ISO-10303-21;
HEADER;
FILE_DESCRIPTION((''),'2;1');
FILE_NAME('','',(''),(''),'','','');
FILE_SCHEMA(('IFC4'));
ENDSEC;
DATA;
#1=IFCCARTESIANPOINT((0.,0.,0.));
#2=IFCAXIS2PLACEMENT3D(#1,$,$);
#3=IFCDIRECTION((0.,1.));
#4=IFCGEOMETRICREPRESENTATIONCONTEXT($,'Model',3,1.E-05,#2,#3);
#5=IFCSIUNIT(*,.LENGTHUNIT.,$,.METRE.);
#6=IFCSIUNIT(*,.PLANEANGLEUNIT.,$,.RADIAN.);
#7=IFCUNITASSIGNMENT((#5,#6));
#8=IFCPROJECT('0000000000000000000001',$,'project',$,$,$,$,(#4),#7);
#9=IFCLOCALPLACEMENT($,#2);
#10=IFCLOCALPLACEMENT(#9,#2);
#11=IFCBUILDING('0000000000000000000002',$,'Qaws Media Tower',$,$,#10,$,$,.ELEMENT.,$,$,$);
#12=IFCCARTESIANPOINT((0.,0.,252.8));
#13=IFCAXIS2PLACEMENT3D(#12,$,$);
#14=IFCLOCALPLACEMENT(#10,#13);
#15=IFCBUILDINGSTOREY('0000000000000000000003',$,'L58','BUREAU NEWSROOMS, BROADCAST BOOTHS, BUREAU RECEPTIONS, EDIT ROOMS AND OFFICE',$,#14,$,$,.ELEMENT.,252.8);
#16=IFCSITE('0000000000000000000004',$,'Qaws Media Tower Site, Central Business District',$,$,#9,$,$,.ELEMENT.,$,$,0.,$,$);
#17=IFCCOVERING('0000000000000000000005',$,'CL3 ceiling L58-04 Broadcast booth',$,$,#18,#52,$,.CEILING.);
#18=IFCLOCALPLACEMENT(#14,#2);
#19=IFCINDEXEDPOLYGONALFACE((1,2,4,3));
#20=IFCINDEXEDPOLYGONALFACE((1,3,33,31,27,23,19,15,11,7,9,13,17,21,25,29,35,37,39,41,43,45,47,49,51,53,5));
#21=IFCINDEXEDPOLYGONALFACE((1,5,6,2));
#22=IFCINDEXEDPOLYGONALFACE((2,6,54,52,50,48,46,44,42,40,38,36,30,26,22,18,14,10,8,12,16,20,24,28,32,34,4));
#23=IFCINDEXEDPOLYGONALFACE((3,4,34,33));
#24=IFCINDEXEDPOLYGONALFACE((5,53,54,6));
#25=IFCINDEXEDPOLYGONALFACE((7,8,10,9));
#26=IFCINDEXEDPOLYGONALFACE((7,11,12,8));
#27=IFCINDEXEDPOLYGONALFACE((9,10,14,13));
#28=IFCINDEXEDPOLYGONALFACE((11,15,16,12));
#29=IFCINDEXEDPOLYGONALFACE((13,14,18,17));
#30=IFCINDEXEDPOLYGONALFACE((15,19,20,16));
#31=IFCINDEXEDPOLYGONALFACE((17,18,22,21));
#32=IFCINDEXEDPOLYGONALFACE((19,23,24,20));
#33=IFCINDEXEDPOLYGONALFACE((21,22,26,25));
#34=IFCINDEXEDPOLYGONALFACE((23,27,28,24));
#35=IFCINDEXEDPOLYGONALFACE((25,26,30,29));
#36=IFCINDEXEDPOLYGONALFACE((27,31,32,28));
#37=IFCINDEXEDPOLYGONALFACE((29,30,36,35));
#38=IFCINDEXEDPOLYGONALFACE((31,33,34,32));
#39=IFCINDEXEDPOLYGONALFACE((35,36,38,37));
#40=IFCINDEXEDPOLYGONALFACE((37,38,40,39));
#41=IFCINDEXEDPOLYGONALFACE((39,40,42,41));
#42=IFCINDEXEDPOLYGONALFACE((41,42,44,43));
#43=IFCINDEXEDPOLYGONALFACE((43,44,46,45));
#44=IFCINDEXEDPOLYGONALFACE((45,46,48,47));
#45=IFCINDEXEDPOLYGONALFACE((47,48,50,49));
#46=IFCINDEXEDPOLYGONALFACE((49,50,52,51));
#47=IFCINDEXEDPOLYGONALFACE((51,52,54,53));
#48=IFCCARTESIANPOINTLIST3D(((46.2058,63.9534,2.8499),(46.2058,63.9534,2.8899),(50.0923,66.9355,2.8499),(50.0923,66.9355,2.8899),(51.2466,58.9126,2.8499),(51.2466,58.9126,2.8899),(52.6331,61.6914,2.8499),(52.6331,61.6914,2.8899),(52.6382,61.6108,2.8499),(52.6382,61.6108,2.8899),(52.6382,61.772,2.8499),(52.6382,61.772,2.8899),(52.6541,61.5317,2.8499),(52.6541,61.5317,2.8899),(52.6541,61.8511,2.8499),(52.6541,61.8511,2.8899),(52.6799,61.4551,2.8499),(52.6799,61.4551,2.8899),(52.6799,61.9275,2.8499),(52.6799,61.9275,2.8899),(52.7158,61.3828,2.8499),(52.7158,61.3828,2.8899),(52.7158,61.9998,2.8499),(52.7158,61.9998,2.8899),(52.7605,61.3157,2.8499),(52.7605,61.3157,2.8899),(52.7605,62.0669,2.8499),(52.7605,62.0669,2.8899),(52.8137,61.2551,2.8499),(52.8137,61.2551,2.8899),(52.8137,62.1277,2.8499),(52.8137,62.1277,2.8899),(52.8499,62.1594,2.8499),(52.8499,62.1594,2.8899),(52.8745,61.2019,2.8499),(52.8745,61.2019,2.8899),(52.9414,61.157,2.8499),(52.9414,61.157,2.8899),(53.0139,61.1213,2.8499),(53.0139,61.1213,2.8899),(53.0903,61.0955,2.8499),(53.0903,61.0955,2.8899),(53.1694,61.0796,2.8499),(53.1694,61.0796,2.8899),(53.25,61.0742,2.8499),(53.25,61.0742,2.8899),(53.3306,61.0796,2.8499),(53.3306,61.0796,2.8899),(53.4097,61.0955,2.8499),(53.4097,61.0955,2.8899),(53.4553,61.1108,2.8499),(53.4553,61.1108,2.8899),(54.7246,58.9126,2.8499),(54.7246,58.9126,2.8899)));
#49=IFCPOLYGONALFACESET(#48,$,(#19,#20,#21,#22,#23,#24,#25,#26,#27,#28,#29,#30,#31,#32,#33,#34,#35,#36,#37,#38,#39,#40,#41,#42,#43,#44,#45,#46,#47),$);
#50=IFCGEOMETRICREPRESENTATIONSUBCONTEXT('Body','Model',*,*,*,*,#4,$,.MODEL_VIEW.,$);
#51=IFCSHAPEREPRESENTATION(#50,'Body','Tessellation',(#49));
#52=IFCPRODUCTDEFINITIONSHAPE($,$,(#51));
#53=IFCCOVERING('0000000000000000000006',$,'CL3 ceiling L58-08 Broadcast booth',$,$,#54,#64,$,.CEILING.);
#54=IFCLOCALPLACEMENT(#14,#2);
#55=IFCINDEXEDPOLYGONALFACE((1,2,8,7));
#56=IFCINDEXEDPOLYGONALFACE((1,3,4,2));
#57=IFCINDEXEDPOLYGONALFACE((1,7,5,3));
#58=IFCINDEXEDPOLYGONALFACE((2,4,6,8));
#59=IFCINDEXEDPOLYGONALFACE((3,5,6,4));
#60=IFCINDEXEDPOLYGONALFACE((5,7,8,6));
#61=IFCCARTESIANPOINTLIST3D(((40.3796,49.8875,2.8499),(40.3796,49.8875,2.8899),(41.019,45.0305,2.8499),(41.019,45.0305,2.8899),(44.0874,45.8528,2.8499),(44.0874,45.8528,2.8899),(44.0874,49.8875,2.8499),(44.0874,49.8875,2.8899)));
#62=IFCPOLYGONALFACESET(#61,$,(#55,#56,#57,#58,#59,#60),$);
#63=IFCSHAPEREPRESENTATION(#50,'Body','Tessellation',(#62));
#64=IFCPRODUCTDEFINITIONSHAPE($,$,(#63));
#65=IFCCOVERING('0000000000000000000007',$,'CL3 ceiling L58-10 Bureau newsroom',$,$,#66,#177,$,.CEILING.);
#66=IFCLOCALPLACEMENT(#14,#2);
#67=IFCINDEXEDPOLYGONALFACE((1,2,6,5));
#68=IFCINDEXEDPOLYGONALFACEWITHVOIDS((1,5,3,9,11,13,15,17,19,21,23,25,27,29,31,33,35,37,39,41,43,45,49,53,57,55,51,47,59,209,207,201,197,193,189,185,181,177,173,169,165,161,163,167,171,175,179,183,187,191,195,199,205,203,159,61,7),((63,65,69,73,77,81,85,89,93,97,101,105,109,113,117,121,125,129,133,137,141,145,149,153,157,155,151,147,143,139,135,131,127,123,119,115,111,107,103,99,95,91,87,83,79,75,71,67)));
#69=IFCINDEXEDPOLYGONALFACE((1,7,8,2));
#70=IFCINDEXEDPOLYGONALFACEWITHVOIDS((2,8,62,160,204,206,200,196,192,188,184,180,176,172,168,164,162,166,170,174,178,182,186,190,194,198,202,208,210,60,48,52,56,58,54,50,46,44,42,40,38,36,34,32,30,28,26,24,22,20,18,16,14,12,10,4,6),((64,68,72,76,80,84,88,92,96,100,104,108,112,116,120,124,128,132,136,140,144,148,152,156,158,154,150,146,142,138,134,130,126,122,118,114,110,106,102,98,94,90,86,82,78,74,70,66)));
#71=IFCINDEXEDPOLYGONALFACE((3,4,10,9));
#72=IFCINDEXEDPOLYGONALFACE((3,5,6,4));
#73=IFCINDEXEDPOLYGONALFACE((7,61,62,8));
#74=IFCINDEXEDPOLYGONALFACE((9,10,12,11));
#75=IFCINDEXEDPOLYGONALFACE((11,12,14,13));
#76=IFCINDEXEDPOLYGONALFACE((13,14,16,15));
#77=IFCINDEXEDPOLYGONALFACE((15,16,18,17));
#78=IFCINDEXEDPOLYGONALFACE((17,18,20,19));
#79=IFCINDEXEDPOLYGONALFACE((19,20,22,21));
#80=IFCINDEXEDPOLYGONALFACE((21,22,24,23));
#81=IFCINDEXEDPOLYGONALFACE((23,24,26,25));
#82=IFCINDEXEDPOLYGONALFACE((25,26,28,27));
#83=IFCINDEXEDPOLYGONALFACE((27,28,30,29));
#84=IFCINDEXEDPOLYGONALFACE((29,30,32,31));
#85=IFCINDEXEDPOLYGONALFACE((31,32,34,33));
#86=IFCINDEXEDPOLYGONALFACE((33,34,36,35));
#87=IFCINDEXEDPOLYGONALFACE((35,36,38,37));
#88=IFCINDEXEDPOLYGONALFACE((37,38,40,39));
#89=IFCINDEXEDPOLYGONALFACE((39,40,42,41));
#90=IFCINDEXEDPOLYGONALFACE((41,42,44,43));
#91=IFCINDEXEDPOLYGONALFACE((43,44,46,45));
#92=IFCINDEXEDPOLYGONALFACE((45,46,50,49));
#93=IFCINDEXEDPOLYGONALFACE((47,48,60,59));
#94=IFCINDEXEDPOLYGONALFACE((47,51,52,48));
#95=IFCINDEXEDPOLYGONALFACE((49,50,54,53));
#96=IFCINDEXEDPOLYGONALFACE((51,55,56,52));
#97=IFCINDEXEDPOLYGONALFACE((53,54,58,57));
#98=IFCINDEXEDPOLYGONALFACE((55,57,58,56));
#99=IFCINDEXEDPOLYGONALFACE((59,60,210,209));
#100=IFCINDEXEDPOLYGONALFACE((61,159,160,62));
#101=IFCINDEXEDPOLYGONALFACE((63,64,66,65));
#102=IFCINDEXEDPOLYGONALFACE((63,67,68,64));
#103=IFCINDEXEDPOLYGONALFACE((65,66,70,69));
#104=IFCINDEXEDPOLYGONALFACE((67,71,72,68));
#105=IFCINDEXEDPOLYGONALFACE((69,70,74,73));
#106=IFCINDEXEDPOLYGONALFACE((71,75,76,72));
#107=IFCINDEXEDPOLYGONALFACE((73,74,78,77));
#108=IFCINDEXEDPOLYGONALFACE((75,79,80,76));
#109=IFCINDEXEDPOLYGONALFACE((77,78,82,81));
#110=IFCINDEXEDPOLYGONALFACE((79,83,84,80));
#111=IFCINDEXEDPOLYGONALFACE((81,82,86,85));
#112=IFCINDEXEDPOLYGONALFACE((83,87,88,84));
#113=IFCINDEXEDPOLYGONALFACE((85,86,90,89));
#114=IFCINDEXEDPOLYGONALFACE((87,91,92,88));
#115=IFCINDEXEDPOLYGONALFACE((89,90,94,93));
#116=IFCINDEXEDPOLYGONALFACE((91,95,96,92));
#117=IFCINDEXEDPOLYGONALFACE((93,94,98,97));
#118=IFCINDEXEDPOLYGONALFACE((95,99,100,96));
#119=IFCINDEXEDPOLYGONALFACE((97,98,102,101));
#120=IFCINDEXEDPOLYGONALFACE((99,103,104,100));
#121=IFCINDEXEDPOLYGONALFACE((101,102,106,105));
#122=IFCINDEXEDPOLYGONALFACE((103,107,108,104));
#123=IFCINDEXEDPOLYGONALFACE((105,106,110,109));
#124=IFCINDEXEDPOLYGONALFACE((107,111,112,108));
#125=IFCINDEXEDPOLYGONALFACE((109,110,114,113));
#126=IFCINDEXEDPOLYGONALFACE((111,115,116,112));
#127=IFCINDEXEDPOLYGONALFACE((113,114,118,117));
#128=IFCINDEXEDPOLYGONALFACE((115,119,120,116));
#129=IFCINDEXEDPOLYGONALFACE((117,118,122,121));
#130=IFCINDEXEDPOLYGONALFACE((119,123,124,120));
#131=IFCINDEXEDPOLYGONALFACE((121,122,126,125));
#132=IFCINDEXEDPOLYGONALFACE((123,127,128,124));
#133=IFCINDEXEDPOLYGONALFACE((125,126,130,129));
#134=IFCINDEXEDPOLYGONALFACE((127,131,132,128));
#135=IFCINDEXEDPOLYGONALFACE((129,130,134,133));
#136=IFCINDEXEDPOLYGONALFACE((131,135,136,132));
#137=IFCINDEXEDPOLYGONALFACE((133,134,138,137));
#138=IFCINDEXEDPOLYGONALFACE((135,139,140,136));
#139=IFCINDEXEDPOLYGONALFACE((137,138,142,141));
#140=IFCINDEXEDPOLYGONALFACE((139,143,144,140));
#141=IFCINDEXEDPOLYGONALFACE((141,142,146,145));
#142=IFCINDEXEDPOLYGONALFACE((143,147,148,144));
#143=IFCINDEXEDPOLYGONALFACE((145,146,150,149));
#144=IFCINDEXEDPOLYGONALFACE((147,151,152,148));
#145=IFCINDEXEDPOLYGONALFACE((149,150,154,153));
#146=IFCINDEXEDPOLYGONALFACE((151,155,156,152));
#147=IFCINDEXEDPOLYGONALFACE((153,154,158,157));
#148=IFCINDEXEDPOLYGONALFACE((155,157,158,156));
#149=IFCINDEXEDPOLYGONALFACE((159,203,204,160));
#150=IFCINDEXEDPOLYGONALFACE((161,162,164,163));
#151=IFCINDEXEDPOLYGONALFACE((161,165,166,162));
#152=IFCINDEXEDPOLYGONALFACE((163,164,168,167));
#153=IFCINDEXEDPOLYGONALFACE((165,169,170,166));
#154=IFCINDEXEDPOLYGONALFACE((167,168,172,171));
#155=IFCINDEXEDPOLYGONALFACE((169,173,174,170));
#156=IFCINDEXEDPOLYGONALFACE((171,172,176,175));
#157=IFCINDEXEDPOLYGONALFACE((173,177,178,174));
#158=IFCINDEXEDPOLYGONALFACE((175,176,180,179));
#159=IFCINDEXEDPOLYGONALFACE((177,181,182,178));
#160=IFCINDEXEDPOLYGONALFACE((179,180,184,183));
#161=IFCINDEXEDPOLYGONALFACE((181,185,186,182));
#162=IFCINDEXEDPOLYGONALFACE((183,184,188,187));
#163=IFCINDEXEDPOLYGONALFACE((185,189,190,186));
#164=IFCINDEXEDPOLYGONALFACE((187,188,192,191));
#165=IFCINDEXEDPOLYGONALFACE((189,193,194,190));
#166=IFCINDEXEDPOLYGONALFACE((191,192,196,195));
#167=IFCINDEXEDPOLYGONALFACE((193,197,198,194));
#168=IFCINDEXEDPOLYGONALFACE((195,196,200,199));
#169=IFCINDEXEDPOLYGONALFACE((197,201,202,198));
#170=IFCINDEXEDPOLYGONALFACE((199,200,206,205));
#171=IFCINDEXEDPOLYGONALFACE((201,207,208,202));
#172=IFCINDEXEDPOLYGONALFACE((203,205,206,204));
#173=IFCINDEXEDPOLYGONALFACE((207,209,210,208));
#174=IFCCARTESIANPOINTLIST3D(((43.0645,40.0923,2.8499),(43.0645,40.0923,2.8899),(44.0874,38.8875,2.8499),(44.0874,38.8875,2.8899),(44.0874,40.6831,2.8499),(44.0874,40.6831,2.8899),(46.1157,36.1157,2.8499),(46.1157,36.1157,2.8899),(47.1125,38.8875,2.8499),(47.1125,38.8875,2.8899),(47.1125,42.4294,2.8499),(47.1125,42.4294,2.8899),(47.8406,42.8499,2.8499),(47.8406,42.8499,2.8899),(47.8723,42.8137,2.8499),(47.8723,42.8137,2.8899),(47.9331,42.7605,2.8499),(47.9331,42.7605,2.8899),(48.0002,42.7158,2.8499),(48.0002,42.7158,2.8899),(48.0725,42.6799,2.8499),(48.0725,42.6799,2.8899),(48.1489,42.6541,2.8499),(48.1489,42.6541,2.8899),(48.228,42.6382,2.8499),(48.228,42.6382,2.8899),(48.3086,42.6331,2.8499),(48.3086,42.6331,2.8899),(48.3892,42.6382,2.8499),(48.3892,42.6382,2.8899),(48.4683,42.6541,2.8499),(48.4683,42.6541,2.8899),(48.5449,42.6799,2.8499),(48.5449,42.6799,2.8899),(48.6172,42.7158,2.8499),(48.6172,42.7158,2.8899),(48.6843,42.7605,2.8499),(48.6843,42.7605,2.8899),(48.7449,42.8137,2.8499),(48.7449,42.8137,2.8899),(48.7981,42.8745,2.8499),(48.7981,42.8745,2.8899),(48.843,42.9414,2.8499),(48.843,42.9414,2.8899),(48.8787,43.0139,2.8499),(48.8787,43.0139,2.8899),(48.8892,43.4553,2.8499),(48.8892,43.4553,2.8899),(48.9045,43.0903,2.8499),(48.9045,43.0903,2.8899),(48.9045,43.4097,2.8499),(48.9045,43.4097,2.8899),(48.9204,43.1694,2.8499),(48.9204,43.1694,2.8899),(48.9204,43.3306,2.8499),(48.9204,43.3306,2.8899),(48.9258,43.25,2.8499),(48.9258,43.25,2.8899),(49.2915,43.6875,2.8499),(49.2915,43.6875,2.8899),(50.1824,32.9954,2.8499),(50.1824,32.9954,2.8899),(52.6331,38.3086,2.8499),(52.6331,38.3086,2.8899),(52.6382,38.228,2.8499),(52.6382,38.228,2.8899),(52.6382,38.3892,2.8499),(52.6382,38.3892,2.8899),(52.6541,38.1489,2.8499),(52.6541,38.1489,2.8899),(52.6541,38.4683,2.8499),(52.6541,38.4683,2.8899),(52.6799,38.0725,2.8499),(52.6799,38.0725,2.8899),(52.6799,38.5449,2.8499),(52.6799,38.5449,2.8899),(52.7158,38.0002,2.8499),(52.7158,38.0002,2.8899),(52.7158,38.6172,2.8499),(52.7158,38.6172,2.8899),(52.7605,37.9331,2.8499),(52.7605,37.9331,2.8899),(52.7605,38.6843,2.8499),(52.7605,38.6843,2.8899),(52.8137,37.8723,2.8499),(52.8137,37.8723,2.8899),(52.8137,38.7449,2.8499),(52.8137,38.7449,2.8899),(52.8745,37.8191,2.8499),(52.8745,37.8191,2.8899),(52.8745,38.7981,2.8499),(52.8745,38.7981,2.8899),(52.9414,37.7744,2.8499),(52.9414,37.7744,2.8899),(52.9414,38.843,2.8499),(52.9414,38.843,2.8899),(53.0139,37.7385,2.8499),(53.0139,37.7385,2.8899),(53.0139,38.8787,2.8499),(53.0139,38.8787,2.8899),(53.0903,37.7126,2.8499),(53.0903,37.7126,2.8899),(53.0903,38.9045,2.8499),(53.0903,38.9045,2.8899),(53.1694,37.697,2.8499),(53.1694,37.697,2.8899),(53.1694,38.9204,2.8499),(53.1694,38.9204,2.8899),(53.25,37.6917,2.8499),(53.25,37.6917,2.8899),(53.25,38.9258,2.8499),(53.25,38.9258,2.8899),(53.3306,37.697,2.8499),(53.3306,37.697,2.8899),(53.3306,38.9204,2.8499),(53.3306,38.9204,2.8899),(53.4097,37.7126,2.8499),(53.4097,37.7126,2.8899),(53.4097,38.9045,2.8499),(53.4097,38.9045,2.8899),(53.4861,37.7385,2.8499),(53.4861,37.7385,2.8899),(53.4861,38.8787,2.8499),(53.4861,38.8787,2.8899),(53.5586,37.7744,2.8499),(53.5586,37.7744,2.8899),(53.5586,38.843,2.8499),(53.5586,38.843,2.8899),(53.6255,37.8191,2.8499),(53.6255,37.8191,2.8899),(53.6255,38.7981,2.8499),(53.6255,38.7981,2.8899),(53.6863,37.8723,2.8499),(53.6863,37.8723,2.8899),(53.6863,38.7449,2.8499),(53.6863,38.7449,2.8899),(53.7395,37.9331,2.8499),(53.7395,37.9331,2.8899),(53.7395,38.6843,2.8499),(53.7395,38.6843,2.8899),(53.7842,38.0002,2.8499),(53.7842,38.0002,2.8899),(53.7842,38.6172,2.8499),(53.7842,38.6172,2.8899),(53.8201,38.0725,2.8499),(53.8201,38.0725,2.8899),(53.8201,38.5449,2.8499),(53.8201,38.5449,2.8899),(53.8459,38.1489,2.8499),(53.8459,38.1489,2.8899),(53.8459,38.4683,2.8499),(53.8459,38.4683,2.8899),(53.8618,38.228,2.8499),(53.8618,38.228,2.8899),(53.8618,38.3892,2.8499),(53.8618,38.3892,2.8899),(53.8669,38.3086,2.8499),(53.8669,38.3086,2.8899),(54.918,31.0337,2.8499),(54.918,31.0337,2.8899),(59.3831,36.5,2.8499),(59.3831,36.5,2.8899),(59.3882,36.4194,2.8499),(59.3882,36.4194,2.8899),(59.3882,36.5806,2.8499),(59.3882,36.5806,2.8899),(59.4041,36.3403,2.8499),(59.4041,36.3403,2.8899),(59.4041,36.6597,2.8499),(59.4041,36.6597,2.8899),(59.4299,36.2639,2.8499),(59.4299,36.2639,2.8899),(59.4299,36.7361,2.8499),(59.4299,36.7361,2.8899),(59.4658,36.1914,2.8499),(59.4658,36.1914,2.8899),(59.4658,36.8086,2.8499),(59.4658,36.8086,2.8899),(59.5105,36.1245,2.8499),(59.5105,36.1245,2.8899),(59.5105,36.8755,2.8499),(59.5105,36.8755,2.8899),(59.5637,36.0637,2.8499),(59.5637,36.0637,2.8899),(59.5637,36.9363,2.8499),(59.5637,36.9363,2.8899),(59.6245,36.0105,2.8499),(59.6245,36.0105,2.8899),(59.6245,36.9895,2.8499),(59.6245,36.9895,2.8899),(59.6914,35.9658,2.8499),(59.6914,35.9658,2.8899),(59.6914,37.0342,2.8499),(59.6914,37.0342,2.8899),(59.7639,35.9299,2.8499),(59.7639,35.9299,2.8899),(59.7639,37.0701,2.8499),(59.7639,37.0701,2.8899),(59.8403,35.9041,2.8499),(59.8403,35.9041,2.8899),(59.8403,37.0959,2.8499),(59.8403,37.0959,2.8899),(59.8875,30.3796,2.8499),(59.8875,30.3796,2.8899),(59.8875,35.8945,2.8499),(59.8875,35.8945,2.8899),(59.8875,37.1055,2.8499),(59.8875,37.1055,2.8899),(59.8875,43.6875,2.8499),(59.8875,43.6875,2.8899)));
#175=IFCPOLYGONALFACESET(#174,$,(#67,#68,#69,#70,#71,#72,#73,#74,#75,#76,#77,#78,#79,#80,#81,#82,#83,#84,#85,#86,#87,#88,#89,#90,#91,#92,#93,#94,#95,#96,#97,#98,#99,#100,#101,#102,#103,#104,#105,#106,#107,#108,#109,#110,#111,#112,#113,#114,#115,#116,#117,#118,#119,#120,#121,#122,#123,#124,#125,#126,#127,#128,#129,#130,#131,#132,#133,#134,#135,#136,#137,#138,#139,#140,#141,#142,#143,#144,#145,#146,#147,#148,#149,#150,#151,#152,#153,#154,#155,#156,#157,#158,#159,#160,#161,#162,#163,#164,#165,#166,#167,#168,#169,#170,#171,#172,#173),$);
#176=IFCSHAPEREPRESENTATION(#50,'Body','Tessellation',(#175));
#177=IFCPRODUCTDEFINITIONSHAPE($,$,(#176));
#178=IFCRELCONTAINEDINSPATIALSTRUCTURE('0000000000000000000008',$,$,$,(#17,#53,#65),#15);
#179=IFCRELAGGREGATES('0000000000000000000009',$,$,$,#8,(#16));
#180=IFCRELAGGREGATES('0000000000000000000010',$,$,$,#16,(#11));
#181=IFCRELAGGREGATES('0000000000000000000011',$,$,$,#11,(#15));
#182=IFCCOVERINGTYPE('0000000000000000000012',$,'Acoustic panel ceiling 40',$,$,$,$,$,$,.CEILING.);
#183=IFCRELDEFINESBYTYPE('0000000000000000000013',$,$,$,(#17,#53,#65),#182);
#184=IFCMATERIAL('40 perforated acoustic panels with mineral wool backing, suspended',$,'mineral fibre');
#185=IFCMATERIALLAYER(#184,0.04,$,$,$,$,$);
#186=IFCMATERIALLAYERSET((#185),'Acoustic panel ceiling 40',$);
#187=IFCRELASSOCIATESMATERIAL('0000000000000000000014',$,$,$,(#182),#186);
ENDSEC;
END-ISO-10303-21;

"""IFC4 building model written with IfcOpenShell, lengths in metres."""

from ifc_helpers import new_model, si_unit, direction, frame, origin, place, context, subcontext, project, spatial, polyline, outline, extrude, material, layer, layer_set, type_object, element, save


model = new_model("IFC4")

# Units and contexts
model_context = context("Model", 3, precision=1e-05, world=origin(), true_north=direction((0.0, 1.0)))
body_context = subcontext(model_context, "Body", "Model", "MODEL_VIEW")
ifc_project = project(units=[si_unit("LENGTHUNIT", "METRE"), si_unit("PLANEANGLEUNIT", "RADIAN")], contexts=[model_context])

# Site, building, storey
site_placement = place(None, origin())
site = spatial("IfcSite", under=ifc_project, at=site_placement, Name="Qaws Media Tower Site, Central Business District", CompositionType="ELEMENT", RefElevation=0.0)
building_placement = place(site_placement, origin())
building = spatial("IfcBuilding", under=site, at=building_placement, Name="Qaws Media Tower", CompositionType="ELEMENT")
storey_placement = place(building_placement, frame((0.0, 0.0, 252.8)))
storey = spatial("IfcBuildingStorey", under=building, at=storey_placement, Name="L58", Description="BUREAU NEWSROOMS, BROADCAST BOOTHS, BUREAU RECEPTIONS, EDIT ROOMS AND OFFICE", CompositionType="ELEMENT", Elevation=252.8)

# Coverings
ifc_material_1 = material(Name="40 perforated acoustic panels with mineral wool backing, suspended", Category="mineral fibre")
ifc_layer_1 = layer(ifc_material_1, 0.04)
ifc_layer_set_1 = layer_set([ifc_layer_1], Name="Acoustic panel ceiling 40")
covering_type_1 = type_object("IfcCoveringType", Name="Acoustic panel ceiling 40", PredefinedType="CEILING", material=ifc_layer_set_1)
covering_1_placement = place(storey_placement, frame((0.0, 0.0, 2.8499)))
element("IfcCovering", 1, at=covering_1_placement, inside=storey, type_object=covering_type_1, Name="CL3 ceiling L58-04 Broadcast booth", PredefinedType="CEILING", context=body_context, shape_type="SweptSolid", body=[
    extrude(outline(polyline([(50.0923, 66.9355), (52.8499, 62.1594), (52.8137, 62.1277), (52.7605, 62.0669), (52.7158, 61.9998), (52.6799, 61.9275), (52.6541, 61.8511), (52.6382, 61.772), (52.6331, 61.6914), (52.6382, 61.6108), (52.6541, 61.5317), (52.6799, 61.4551), (52.7158, 61.3828), (52.7605, 61.3157), (52.8137, 61.2551), (52.8745, 61.2019), (52.9414, 61.157), (53.0139, 61.1213), (53.0903, 61.0955), (53.1694, 61.0796), (53.25, 61.0742), (53.3306, 61.0796), (53.4097, 61.0955), (53.4553, 61.1108), (54.7246, 58.9126), (51.2466, 58.9126), (46.2058, 63.9534), (50.0923, 66.9355)])), origin(), (0.0, 0.0, 1.0), 0.04),
])
covering_2_placement = place(storey_placement, frame((0.0, 0.0, 2.8499)))
element("IfcCovering", 2, at=covering_2_placement, inside=storey, type_object=covering_type_1, Name="CL3 ceiling L58-08 Broadcast booth", PredefinedType="CEILING", context=body_context, shape_type="SweptSolid", body=[
    extrude(outline(polyline([(40.3796, 49.8875), (44.0874, 49.8875), (44.0874, 45.8528), (41.019, 45.0305), (40.3796, 49.8875)])), origin(), (0.0, 0.0, 1.0), 0.04),
])
covering_3_placement = place(storey_placement, frame((0.0, 0.0, 2.8499)))
element("IfcCovering", 3, at=covering_3_placement, inside=storey, type_object=covering_type_1, Name="CL3 ceiling L58-10 Bureau newsroom", PredefinedType="CEILING", context=body_context, shape_type="SweptSolid", body=[
    extrude(outline(polyline([(54.918, 31.0337), (50.1824, 32.9954), (46.1157, 36.1157), (43.0645, 40.0923), (44.0874, 40.6831), (44.0874, 38.8875), (47.1125, 38.8875), (47.1125, 42.4294), (47.8406, 42.8499), (47.8723, 42.8137), (47.9331, 42.7605), (48.0002, 42.7158), (48.0725, 42.6799), (48.1489, 42.6541), (48.228, 42.6382), (48.3086, 42.6331), (48.3892, 42.6382), (48.4683, 42.6541), (48.5449, 42.6799), (48.6172, 42.7158), (48.6843, 42.7605), (48.7449, 42.8137), (48.7981, 42.8745), (48.843, 42.9414), (48.8787, 43.0139), (48.9045, 43.0903), (48.9204, 43.1694), (48.9258, 43.25), (48.9204, 43.3306), (48.9045, 43.4097), (48.8892, 43.4553), (49.2915, 43.6875), (59.8875, 43.6875), (59.8875, 37.1055), (59.8403, 37.0959), (59.7639, 37.0701), (59.6914, 37.0342), (59.6245, 36.9895), (59.5637, 36.9363), (59.5105, 36.8755), (59.4658, 36.8086), (59.4299, 36.7361), (59.4041, 36.6597), (59.3882, 36.5806), (59.3831, 36.5), (59.3882, 36.4194), (59.4041, 36.3403), (59.4299, 36.2639), (59.4658, 36.1914), (59.5105, 36.1245), (59.5637, 36.0637), (59.6245, 36.0105), (59.6914, 35.9658), (59.7639, 35.9299), (59.8403, 35.9041), (59.8875, 35.8945), (59.8875, 30.3796), (54.918, 31.0337)]), holes=[polyline([(53.8459, 38.1489), (53.8618, 38.228), (53.8669, 38.3086), (53.8618, 38.3892), (53.8459, 38.4683), (53.8201, 38.5449), (53.7842, 38.6172), (53.7395, 38.6843), (53.6863, 38.7449), (53.6255, 38.7981), (53.5586, 38.843), (53.4861, 38.8787), (53.4097, 38.9045), (53.3306, 38.9204), (53.25, 38.9258), (53.1694, 38.9204), (53.0903, 38.9045), (53.0139, 38.8787), (52.9414, 38.843), (52.8745, 38.7981), (52.8137, 38.7449), (52.7605, 38.6843), (52.7158, 38.6172), (52.6799, 38.5449), (52.6541, 38.4683), (52.6382, 38.3892), (52.6331, 38.3086), (52.6382, 38.228), (52.6541, 38.1489), (52.6799, 38.0725), (52.7158, 38.0002), (52.7605, 37.9331), (52.8137, 37.8723), (52.8745, 37.8191), (52.9414, 37.7744), (53.0139, 37.7385), (53.0903, 37.7126), (53.1694, 37.697), (53.25, 37.6917), (53.3306, 37.697), (53.4097, 37.7126), (53.4861, 37.7385), (53.5586, 37.7744), (53.6255, 37.8191), (53.6863, 37.8723), (53.7395, 37.9331), (53.7842, 38.0002), (53.8201, 38.0725), (53.8459, 38.1489)])]), origin(), (0.0, 0.0, 1.0), 0.04),
])

save(model, "model.ifc")
